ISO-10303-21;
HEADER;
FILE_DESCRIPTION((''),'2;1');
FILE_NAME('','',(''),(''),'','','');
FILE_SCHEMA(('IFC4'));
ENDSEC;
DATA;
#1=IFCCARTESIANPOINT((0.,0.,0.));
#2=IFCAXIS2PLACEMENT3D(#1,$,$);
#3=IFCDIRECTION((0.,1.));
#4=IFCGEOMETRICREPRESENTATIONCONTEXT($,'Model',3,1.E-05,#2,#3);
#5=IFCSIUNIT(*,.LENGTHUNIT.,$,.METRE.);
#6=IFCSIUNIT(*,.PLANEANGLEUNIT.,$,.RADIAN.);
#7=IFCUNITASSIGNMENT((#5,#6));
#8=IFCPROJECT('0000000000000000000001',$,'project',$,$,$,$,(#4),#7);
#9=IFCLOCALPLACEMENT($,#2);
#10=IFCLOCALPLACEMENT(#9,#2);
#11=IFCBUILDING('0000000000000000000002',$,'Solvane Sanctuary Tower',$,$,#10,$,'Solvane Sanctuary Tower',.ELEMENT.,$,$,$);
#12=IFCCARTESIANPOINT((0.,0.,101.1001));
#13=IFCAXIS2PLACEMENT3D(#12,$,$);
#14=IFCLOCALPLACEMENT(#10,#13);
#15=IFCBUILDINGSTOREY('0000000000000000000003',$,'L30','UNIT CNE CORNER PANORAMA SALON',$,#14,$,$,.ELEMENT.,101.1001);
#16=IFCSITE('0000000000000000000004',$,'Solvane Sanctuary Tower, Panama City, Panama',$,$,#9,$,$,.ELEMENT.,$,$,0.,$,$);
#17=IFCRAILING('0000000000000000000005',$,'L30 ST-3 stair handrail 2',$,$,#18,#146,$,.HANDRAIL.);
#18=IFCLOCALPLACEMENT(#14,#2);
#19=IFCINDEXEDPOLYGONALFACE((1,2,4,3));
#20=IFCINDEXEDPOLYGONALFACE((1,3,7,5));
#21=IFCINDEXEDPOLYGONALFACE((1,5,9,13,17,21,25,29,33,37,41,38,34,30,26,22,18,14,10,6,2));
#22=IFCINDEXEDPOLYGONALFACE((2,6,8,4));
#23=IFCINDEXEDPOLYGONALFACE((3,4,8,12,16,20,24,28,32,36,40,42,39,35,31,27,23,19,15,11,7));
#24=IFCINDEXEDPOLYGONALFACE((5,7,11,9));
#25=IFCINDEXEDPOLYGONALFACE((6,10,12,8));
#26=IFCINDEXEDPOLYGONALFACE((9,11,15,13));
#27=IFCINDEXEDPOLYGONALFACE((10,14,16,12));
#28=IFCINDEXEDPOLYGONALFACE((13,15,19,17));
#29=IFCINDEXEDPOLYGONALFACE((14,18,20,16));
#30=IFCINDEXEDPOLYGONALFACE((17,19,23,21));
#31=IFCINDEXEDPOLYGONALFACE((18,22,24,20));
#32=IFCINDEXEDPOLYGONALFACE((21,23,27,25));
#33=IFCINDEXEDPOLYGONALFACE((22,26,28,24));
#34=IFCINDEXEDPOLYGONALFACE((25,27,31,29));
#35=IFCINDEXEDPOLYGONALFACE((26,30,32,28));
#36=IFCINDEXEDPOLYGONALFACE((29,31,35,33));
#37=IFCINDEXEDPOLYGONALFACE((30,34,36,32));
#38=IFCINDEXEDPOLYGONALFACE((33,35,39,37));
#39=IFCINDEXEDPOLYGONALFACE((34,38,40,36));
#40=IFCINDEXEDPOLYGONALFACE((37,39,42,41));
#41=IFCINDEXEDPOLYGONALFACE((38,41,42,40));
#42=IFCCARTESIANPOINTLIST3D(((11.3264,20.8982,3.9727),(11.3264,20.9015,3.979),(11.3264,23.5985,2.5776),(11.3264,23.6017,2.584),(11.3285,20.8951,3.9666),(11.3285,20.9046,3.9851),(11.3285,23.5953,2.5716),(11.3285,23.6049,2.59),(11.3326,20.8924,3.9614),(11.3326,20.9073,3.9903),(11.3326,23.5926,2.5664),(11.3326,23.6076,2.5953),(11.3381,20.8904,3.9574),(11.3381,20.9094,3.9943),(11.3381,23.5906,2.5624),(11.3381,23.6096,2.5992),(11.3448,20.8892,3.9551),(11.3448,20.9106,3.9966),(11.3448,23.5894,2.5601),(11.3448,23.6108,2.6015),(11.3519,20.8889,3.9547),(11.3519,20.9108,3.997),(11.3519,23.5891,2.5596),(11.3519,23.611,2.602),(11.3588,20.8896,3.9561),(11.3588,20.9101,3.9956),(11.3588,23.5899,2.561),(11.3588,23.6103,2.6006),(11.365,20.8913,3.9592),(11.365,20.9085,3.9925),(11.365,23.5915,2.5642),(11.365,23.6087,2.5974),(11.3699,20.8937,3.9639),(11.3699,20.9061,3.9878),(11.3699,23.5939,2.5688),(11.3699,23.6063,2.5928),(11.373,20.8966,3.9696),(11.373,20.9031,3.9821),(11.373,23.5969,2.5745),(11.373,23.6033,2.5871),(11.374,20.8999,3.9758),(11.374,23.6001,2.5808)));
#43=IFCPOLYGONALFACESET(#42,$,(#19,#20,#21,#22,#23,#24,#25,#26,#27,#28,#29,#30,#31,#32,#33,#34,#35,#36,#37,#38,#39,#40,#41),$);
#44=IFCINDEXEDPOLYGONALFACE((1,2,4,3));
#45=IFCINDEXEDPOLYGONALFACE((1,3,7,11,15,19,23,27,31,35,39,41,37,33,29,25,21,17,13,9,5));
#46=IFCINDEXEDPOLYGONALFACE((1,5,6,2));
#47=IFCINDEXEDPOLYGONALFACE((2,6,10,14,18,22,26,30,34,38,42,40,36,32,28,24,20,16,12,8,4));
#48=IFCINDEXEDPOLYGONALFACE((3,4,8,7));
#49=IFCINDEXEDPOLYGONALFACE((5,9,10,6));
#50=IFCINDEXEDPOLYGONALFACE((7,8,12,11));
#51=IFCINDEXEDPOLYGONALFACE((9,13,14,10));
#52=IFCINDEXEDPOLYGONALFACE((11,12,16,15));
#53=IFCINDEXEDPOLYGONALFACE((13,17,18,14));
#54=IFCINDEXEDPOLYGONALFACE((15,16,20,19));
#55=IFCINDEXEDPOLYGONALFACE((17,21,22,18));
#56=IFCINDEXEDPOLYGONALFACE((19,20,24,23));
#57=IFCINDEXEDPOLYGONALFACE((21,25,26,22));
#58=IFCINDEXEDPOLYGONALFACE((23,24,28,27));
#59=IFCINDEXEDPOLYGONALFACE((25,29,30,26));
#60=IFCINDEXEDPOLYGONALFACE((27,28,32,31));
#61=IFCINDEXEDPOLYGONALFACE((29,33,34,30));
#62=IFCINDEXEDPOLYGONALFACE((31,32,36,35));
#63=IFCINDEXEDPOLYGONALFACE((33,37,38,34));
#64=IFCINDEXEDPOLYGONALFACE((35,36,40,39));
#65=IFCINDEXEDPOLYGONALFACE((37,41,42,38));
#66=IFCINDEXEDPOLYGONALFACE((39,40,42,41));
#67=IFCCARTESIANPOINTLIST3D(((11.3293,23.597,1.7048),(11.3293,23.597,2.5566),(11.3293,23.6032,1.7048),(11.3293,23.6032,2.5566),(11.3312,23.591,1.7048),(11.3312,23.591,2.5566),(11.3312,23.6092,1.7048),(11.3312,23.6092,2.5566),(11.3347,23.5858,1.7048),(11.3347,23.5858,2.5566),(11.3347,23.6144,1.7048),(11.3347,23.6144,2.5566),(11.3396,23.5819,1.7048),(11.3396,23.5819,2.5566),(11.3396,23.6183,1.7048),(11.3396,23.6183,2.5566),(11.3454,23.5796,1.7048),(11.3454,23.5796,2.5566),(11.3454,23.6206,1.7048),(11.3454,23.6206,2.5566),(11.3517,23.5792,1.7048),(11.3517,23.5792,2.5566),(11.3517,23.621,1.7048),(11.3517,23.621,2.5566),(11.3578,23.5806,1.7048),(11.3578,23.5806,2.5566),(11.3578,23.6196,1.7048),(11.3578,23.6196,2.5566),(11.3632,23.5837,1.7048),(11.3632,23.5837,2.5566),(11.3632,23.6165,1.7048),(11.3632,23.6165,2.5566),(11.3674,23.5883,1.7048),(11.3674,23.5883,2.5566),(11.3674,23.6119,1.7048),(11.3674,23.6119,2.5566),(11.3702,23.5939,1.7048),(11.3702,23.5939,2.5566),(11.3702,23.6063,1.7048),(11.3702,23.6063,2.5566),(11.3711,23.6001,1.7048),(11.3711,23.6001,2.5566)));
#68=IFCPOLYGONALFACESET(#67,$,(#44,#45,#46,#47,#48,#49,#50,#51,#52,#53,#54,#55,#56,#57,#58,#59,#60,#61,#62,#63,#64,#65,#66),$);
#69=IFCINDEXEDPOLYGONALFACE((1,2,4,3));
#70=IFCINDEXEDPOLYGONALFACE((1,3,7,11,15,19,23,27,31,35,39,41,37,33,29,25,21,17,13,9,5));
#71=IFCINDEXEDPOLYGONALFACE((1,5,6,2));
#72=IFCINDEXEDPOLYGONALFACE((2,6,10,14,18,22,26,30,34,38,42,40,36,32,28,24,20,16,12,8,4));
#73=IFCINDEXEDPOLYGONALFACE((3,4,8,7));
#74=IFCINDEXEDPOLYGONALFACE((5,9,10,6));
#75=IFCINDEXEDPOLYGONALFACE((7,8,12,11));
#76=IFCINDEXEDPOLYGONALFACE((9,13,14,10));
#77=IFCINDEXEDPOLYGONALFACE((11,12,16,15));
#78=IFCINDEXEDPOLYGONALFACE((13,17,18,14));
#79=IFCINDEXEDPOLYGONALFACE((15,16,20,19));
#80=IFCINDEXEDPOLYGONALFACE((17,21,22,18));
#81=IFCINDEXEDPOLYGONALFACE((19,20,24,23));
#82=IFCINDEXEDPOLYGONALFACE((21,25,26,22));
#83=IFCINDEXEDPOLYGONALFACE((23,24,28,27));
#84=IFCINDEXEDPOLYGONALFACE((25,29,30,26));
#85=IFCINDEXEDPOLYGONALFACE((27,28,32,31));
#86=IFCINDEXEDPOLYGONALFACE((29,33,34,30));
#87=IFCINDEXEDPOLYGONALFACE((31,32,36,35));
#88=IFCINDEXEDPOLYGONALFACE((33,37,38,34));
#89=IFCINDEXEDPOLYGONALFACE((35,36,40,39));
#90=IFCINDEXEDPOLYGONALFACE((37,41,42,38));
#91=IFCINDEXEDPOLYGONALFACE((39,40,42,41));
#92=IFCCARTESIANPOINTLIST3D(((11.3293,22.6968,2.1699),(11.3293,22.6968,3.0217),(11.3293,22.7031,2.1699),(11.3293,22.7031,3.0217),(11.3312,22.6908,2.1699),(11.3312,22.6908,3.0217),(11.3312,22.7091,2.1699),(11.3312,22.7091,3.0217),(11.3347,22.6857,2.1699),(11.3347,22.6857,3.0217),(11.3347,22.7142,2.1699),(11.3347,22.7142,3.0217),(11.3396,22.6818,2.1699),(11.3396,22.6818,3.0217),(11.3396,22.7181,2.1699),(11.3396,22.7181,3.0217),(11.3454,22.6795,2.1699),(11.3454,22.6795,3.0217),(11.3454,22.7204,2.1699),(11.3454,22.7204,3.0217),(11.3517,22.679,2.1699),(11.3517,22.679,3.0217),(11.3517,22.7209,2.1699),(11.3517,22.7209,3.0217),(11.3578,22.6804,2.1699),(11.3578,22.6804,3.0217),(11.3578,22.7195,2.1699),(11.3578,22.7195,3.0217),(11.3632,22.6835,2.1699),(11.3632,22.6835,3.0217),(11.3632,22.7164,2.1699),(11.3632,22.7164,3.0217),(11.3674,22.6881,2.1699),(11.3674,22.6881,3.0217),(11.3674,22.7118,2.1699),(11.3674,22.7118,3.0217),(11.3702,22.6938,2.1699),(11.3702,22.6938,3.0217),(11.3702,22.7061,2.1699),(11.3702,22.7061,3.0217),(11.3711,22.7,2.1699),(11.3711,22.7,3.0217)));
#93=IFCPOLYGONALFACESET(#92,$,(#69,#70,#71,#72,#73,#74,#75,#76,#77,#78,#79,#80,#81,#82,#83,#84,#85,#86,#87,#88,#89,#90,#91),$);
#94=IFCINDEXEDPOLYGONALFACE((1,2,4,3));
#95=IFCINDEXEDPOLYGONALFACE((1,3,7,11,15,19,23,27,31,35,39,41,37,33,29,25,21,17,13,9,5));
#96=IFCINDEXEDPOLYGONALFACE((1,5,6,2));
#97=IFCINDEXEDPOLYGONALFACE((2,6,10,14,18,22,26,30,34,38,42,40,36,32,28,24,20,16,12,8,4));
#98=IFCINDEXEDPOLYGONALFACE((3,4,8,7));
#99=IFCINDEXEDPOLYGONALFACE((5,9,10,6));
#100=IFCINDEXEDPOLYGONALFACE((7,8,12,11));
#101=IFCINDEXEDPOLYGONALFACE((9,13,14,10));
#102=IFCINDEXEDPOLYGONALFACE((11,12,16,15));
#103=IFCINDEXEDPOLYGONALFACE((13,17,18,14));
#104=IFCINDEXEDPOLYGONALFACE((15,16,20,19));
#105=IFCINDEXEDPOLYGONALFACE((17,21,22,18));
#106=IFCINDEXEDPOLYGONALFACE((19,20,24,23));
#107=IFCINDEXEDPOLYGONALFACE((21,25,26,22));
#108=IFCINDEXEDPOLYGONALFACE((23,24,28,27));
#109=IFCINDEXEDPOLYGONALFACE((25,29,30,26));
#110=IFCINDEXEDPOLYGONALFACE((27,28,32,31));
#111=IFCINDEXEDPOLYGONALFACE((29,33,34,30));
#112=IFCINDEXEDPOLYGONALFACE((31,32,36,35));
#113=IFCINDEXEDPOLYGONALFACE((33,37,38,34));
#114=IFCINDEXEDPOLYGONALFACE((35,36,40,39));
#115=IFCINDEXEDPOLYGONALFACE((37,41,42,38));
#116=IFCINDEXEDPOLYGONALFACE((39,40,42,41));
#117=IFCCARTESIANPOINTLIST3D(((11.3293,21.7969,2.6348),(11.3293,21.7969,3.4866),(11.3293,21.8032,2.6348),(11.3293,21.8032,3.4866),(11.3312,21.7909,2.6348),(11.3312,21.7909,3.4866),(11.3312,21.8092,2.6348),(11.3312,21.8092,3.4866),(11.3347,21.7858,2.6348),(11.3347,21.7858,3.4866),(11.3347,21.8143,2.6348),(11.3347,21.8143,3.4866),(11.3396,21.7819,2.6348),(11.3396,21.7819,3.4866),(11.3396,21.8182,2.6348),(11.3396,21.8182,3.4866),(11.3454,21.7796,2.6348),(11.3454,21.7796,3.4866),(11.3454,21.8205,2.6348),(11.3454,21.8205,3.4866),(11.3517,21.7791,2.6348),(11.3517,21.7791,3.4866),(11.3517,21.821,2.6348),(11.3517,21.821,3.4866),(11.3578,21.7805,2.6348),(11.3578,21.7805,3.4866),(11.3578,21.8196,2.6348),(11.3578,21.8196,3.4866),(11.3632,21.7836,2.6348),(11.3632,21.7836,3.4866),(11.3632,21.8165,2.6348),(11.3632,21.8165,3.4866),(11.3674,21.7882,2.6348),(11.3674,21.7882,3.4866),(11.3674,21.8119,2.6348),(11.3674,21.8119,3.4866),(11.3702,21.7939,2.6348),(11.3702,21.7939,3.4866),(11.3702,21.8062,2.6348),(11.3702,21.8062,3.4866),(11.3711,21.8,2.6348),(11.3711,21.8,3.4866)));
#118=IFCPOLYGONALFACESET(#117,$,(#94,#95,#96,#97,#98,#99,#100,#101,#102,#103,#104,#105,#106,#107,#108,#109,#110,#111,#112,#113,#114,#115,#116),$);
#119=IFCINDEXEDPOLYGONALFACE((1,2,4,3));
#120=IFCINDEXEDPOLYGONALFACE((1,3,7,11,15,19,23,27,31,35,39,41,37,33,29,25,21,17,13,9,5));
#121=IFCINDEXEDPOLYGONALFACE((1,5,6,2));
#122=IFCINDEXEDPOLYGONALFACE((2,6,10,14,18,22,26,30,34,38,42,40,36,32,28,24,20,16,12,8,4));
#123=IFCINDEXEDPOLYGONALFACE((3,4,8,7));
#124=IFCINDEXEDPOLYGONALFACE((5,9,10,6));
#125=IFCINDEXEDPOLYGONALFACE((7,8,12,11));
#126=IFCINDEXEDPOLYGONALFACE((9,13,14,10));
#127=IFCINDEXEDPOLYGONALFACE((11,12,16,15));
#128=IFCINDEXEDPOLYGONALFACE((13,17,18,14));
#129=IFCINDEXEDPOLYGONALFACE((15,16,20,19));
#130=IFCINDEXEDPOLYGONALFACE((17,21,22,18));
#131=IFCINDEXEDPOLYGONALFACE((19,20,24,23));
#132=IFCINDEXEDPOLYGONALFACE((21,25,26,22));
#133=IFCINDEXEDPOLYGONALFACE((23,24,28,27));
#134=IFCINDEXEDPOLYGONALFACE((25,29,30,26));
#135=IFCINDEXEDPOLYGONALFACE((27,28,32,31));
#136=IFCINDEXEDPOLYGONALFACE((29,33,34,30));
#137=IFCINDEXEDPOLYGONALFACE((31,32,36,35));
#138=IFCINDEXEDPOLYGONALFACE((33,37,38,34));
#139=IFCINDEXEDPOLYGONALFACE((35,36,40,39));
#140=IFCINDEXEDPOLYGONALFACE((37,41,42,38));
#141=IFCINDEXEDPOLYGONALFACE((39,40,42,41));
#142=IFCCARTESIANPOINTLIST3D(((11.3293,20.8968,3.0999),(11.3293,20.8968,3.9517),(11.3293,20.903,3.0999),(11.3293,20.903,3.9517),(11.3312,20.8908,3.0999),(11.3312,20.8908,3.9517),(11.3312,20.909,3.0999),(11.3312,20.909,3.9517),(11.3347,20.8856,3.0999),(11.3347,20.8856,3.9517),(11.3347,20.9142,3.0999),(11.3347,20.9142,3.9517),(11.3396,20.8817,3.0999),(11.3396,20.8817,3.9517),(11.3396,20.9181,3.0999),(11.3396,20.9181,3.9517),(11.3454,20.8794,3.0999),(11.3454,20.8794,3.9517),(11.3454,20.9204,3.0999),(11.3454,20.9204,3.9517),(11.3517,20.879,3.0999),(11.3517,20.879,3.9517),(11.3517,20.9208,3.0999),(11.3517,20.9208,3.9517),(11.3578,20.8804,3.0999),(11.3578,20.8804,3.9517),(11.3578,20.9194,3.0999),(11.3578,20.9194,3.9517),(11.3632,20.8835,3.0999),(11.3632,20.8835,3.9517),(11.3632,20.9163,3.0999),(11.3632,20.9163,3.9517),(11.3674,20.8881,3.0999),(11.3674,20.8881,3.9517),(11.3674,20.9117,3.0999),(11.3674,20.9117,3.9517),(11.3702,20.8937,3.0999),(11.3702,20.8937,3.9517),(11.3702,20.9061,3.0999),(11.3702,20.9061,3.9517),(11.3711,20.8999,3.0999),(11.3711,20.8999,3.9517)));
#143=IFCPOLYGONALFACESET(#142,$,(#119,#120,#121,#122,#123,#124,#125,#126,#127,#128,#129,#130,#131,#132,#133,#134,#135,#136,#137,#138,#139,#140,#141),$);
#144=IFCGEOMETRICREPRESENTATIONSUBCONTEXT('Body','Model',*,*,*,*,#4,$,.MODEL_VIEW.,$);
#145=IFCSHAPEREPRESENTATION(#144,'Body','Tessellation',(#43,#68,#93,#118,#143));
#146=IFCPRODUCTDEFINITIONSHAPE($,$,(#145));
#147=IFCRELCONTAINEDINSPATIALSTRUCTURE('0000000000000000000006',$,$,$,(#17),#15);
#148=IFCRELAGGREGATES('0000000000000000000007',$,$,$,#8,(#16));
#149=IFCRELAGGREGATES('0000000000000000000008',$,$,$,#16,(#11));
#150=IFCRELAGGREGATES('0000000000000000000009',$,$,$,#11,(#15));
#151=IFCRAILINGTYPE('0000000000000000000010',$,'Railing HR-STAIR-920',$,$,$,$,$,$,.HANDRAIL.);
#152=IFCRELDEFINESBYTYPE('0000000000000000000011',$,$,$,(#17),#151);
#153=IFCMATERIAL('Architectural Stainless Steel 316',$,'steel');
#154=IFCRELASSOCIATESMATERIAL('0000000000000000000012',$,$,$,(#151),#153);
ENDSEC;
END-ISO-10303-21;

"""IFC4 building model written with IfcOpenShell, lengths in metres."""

from ifc_helpers import new_model, si_unit, direction, frame, origin, origin_2d, place, context, subcontext, project, spatial, circle, extrude, material, type_object, element, save


model = new_model("IFC4")

# Units and contexts
model_context = context("Model", 3, precision=1e-05, world=origin(), true_north=direction((0.0, 1.0)))
body_context = subcontext(model_context, "Body", "Model", "MODEL_VIEW")
ifc_project = project(units=[si_unit("LENGTHUNIT", "METRE"), si_unit("PLANEANGLEUNIT", "RADIAN")], contexts=[model_context])

# Site, building, storey
site_placement = place(None, origin())
site = spatial("IfcSite", under=ifc_project, at=site_placement, Name="Solvane Sanctuary Tower, Panama City, Panama", CompositionType="ELEMENT", RefElevation=0.0)
building_placement = place(site_placement, origin())
building = spatial("IfcBuilding", under=site, at=building_placement, Name="Solvane Sanctuary Tower", LongName="Solvane Sanctuary Tower", CompositionType="ELEMENT")
storey_placement = place(building_placement, frame((0.0, 0.0, 101.1001)))
storey = spatial("IfcBuildingStorey", under=building, at=storey_placement, Name="L30", Description="UNIT CNE CORNER PANORAMA SALON", CompositionType="ELEMENT", Elevation=101.1001)

# Railing
ifc_material_1 = material(Name="Architectural Stainless Steel 316", Category="steel")
railing_type_1 = type_object("IfcRailingType", Name="Railing HR-STAIR-920", PredefinedType="HANDRAIL", material=ifc_material_1)
railing_1_placement = place(storey_placement, frame((11.3501, 23.6001, 1.7048)))
element("IfcRailing", 1, at=railing_1_placement, inside=storey, type_object=railing_type_1, Name="L30 ST-3 stair handrail 2", PredefinedType="HANDRAIL", context=body_context, shape_type="SweptSolid", body=[
    extrude(circle(Radius=0.0239, at=origin_2d()), frame((0.0, 0.0, 0.876), z_axis=(0.0, -0.888437, 0.458999), x_axis=(1.0, 0.0, 0.0)), (0.0, 0.0, 1.0), 3.0393),
    extrude(circle(Radius=0.021, at=origin_2d()), origin(), (0.0, 0.0, 1.0), 0.8518),
    extrude(circle(Radius=0.021, at=origin_2d()), frame((0.0, -0.9001, 0.4651)), (0.0, 0.0, 1.0), 0.8518),
    extrude(circle(Radius=0.021, at=origin_2d()), frame((0.0, -1.8, 0.9299)), (0.0, 0.0, 1.0), 0.8518),
    extrude(circle(Radius=0.021, at=origin_2d()), frame((0.0, -2.7002, 1.395)), (0.0, 0.0, 1.0), 0.8518),
])

save(model, "model.ifc")
